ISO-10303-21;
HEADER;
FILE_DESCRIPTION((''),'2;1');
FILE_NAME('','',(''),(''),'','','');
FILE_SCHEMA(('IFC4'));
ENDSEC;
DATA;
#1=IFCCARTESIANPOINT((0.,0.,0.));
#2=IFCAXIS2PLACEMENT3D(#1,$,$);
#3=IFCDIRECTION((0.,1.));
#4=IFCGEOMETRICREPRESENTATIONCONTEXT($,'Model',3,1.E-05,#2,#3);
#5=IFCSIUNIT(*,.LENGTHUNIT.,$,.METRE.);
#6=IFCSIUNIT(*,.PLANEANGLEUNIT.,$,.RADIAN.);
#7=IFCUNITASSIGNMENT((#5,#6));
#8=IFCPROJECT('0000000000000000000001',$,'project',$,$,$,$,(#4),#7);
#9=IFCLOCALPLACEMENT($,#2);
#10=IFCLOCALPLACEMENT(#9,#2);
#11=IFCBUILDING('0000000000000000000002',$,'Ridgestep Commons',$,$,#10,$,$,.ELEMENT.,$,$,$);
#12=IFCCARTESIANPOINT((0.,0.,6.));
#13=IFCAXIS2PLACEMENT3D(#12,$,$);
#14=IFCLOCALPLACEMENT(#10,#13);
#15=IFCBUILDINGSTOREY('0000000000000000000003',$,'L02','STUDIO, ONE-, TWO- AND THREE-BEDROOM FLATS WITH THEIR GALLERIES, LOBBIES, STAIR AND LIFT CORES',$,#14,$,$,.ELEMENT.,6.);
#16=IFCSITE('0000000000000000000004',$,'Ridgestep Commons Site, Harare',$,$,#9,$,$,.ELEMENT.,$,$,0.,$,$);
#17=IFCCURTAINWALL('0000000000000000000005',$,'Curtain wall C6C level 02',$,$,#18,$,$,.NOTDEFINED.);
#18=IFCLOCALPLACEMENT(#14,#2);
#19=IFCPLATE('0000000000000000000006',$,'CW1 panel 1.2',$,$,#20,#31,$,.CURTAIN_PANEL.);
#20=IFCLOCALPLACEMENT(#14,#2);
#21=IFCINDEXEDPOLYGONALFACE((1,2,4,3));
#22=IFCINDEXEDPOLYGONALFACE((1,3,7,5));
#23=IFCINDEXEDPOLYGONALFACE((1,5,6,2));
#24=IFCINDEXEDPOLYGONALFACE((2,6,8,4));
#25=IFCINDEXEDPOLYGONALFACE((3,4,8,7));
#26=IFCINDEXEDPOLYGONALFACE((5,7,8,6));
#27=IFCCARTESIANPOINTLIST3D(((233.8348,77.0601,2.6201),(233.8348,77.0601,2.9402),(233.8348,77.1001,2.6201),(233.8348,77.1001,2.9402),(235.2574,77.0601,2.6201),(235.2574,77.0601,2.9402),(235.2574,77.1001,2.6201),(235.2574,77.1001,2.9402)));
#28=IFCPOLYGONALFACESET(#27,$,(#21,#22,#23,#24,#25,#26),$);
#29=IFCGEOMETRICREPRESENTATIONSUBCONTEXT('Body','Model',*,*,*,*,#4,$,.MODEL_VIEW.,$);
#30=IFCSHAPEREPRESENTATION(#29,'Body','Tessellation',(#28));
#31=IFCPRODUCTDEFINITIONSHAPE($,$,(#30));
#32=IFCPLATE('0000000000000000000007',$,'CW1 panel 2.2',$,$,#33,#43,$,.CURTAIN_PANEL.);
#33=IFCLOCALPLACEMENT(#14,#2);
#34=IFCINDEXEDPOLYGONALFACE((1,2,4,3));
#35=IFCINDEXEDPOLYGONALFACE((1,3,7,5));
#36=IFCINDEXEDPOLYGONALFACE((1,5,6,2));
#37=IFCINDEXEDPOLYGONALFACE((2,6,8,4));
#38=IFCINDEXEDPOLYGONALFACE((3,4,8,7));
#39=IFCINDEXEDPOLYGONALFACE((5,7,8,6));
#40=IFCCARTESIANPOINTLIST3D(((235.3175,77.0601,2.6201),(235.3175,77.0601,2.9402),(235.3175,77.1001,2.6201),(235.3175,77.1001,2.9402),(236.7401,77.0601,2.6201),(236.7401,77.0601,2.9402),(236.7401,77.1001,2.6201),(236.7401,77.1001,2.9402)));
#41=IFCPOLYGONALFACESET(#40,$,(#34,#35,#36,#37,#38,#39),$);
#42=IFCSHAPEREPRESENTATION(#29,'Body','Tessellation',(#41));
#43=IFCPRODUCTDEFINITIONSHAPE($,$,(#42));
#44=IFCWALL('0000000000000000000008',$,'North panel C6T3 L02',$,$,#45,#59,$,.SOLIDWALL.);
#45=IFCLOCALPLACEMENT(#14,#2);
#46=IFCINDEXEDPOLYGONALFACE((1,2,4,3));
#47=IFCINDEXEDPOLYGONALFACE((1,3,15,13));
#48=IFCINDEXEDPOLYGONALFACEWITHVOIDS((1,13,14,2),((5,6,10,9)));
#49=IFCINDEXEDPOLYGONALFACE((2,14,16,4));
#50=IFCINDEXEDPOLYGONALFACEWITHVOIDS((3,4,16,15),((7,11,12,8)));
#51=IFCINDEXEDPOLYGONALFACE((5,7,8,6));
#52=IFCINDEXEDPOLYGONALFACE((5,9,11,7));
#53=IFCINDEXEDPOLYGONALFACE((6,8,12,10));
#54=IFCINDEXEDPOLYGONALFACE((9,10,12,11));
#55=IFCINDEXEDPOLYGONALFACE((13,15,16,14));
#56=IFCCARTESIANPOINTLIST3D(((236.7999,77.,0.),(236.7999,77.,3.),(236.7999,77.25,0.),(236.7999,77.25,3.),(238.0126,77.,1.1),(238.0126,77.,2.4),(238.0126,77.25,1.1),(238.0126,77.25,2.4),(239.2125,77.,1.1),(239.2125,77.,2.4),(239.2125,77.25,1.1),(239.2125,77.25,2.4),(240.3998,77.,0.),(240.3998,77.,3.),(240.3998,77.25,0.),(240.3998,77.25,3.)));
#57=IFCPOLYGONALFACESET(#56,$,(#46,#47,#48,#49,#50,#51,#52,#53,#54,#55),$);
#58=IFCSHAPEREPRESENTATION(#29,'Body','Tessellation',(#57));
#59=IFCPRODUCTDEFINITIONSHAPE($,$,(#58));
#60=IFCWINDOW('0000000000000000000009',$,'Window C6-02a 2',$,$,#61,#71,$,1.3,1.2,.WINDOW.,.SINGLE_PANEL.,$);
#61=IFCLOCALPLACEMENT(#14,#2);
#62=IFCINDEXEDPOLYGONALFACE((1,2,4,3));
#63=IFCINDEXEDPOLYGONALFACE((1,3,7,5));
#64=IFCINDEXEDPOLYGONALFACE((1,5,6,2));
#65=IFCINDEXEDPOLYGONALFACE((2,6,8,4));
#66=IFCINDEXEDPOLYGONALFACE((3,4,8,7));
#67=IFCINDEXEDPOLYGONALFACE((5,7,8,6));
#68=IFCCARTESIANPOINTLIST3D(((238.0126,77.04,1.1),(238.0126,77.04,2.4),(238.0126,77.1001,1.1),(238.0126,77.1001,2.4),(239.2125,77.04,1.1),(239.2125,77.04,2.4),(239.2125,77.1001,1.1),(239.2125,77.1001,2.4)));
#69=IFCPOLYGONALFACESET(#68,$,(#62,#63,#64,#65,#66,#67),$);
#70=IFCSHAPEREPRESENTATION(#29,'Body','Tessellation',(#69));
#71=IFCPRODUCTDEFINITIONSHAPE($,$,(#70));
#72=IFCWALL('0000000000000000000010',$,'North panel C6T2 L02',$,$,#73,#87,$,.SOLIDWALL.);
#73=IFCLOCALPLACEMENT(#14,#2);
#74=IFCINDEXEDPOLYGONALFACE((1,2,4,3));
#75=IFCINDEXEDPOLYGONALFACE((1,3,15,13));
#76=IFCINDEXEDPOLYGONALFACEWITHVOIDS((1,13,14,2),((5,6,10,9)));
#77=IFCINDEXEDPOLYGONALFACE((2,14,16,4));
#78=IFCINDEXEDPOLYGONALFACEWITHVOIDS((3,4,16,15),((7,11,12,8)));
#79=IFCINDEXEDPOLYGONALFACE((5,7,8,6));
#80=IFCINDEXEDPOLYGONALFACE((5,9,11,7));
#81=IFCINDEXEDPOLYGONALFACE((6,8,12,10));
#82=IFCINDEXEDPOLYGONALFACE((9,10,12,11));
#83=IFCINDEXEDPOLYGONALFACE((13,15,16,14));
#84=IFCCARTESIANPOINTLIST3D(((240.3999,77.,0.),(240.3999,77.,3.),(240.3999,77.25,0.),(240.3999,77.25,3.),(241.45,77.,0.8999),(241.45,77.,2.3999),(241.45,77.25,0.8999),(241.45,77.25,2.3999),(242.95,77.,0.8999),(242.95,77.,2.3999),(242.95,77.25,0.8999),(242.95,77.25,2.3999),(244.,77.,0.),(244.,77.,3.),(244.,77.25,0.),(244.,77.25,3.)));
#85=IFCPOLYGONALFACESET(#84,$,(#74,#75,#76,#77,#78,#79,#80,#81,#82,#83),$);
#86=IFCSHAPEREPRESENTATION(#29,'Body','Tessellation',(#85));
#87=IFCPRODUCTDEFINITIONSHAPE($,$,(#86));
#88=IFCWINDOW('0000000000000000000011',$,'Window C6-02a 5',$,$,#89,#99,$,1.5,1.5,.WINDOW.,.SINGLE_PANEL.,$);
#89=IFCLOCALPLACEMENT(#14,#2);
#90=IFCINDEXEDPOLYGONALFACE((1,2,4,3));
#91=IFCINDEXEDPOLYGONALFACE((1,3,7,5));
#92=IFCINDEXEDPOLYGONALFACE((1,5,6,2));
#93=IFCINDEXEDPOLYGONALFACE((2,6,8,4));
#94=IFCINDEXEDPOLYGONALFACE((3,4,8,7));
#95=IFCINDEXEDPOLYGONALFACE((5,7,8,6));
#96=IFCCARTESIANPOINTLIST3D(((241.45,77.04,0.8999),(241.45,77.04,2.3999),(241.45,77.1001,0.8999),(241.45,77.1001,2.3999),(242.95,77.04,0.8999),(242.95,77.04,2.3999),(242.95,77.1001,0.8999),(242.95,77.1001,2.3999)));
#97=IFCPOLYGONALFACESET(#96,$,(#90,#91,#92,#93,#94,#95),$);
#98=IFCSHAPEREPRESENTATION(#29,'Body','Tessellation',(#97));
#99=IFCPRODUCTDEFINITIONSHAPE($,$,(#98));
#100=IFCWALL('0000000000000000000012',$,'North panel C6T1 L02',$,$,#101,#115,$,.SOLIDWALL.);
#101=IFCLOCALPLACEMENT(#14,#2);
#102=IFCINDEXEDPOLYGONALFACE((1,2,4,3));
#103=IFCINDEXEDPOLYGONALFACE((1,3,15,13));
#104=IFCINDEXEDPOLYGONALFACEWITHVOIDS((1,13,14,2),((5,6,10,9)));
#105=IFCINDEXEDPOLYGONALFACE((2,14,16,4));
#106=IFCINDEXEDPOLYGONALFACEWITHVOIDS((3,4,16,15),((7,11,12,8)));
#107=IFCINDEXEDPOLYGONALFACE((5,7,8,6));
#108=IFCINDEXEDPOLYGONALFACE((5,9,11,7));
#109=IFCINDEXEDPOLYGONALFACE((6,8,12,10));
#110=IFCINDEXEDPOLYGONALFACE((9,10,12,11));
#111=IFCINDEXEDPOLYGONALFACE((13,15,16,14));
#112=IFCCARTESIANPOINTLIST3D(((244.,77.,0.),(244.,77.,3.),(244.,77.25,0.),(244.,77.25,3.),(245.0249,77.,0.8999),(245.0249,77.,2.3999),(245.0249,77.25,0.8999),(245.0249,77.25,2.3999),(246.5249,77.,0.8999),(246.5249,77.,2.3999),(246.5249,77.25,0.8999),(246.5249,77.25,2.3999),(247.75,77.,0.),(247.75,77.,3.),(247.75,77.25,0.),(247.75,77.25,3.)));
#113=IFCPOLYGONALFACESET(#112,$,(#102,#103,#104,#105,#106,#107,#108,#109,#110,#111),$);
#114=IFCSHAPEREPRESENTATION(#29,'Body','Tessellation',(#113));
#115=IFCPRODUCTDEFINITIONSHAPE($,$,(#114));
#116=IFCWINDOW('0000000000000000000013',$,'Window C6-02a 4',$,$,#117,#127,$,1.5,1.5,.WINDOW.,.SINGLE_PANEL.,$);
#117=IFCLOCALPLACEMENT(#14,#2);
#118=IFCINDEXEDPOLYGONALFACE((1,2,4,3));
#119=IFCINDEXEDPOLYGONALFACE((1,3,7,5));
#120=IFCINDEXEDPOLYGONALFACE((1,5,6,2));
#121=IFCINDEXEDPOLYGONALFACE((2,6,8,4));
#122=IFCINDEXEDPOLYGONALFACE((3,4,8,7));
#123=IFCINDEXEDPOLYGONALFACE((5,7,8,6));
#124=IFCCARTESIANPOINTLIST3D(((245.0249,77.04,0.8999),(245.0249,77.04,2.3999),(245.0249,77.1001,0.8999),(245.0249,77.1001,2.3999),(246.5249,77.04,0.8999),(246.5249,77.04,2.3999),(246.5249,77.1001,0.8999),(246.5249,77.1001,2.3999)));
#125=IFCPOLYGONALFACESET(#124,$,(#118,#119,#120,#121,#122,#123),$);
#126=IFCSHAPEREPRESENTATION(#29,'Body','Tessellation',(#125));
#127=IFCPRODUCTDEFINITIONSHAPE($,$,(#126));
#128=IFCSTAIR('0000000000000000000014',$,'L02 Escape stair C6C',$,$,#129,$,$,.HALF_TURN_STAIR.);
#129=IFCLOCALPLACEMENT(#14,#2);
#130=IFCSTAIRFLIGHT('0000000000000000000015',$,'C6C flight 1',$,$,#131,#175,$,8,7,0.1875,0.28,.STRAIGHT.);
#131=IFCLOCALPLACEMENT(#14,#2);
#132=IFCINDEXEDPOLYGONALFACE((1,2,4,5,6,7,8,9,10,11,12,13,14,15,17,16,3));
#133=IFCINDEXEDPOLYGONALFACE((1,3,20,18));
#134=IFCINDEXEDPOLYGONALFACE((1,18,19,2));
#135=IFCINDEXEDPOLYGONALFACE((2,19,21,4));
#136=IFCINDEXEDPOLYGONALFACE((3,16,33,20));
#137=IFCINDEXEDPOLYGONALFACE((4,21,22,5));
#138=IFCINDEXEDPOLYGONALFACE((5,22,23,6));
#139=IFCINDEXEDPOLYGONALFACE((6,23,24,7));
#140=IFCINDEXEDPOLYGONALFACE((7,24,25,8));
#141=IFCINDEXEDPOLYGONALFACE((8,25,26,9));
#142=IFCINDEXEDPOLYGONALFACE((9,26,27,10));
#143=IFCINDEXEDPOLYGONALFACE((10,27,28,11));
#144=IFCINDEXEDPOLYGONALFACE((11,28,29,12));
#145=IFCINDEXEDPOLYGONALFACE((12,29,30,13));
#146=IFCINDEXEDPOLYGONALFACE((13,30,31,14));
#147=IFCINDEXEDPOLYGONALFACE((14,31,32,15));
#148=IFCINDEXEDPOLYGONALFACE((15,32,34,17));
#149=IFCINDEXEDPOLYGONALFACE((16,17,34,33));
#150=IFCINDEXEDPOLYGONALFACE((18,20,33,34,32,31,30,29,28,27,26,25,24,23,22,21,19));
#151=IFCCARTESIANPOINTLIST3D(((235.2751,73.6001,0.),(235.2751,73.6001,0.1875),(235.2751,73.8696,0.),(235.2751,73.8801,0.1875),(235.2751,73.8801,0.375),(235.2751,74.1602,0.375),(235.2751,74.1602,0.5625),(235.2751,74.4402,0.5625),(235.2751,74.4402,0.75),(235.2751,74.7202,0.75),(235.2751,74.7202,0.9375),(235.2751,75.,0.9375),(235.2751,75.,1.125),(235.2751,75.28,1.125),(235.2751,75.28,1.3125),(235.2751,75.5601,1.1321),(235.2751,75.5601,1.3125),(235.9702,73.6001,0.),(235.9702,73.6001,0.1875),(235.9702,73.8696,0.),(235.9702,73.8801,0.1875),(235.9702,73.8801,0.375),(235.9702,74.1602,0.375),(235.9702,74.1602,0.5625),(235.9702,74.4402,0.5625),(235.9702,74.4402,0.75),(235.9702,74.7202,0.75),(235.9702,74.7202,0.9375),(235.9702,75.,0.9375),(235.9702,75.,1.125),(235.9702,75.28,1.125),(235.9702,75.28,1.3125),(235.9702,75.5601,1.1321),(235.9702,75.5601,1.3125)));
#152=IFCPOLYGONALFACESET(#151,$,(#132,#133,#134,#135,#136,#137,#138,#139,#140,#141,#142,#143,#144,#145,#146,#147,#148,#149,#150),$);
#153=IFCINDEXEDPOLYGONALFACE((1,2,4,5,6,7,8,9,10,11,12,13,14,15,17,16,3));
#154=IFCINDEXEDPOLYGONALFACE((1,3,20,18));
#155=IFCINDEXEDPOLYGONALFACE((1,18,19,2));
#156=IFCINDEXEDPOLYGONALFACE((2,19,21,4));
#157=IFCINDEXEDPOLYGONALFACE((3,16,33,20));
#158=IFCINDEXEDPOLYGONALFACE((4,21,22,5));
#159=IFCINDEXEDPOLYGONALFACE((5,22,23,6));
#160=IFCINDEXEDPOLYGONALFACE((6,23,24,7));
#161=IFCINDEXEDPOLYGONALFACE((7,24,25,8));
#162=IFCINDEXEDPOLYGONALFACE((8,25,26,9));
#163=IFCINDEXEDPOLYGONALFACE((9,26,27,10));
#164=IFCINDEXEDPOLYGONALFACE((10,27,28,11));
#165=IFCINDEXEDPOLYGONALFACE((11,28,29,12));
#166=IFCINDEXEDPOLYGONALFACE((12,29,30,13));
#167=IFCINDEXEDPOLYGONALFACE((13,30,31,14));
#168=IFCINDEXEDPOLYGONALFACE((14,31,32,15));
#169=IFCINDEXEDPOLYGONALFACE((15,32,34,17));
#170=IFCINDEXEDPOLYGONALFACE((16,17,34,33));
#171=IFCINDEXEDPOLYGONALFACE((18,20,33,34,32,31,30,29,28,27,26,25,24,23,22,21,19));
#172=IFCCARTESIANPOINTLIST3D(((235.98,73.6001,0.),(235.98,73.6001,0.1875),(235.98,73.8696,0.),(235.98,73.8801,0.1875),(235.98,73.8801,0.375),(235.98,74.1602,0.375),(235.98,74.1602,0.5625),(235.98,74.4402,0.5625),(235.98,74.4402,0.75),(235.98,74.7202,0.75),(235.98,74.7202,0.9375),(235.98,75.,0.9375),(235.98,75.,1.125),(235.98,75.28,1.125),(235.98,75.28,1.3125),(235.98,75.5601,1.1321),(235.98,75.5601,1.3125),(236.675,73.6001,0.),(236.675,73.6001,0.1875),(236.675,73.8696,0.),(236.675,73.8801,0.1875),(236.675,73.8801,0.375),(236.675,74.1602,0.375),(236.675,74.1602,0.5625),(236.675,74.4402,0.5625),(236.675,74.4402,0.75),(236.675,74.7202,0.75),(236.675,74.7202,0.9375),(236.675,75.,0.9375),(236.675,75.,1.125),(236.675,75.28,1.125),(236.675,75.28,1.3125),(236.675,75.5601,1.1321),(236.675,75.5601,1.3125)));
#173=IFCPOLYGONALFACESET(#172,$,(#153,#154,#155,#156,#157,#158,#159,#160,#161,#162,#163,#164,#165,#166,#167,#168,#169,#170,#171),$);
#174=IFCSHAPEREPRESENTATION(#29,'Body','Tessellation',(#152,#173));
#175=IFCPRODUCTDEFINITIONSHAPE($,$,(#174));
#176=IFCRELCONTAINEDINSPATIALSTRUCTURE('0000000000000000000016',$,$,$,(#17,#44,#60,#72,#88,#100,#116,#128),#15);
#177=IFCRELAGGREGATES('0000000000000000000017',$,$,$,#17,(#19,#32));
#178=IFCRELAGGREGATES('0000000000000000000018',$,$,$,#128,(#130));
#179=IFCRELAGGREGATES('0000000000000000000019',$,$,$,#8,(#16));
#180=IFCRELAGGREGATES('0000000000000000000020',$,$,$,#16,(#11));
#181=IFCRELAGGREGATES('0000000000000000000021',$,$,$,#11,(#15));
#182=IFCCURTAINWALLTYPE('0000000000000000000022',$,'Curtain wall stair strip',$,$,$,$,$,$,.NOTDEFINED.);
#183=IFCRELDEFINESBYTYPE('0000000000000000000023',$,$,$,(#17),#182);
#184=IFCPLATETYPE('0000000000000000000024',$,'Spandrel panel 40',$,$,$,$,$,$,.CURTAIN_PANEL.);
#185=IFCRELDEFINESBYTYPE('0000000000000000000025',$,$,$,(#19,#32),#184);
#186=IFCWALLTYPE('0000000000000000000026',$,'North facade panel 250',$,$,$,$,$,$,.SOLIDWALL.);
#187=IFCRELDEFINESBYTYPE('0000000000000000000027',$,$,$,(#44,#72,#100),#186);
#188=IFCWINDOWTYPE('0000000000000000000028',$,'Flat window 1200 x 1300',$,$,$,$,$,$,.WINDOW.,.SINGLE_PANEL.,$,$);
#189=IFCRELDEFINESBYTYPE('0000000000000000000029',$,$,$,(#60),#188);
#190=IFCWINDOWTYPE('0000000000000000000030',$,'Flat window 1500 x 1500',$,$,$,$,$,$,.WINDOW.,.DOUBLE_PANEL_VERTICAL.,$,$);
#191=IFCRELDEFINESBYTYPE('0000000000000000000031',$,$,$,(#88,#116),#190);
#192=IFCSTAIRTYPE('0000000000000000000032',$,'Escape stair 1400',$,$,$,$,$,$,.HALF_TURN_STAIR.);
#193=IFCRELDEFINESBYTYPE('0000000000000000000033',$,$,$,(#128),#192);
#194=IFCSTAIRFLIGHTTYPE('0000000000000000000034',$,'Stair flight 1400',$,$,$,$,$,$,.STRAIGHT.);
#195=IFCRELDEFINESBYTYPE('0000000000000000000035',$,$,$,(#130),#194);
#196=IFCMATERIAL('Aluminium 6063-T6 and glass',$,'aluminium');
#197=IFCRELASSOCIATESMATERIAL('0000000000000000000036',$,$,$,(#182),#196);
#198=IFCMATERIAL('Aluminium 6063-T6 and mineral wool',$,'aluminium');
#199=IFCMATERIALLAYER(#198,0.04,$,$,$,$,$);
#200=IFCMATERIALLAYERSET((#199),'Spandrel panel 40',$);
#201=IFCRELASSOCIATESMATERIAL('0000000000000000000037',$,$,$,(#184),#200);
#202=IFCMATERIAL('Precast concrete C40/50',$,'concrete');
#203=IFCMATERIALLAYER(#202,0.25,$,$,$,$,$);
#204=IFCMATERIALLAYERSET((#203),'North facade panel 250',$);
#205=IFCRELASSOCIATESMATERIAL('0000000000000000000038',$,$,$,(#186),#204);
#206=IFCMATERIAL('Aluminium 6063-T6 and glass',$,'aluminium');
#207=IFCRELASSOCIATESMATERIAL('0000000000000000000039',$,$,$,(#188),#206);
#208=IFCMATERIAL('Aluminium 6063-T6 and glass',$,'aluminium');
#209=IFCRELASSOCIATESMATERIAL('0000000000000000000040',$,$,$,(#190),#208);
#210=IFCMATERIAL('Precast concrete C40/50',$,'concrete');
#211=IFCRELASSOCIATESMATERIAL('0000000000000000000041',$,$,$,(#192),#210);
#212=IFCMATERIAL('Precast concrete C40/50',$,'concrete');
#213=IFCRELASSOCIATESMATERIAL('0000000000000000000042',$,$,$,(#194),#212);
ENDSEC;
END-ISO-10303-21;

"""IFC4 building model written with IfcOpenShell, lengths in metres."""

from ifc_helpers import new_model, si_unit, direction, frame, frame_2d, origin, origin_2d, place, context, subcontext, project, spatial, polyline, rectangle, outline, extrude, material, layer, layer_set, type_object, element, fill, aggregate, save


model = new_model("IFC4")

# Units and contexts
model_context = context("Model", 3, precision=1e-05, world=origin(), true_north=direction((0.0, 1.0)))
body_context = subcontext(model_context, "Body", "Model", "MODEL_VIEW")
ifc_project = project(units=[si_unit("LENGTHUNIT", "METRE"), si_unit("PLANEANGLEUNIT", "RADIAN")], contexts=[model_context])

# Site, building, storey
site_placement = place(None, origin())
site = spatial("IfcSite", under=ifc_project, at=site_placement, Name="Ridgestep Commons Site, Harare", CompositionType="ELEMENT", RefElevation=0.0)
building_placement = place(site_placement, origin())
building = spatial("IfcBuilding", under=site, at=building_placement, Name="Ridgestep Commons", CompositionType="ELEMENT")
storey_placement = place(building_placement, frame((0.0, 0.0, 6.0)))
storey = spatial("IfcBuildingStorey", under=building, at=storey_placement, Name="L02", Description="STUDIO, ONE-, TWO- AND THREE-BEDROOM FLATS WITH THEIR GALLERIES, LOBBIES, STAIR AND LIFT CORES", CompositionType="ELEMENT", Elevation=6.0)

# Curtain wall
ifc_material_1 = material(Name="Aluminium 6063-T6 and glass", Category="aluminium")
curtain_wall_type = type_object("IfcCurtainWallType", Name="Curtain wall stair strip", PredefinedType="NOTDEFINED", material=ifc_material_1)
curtain_wall_placement = place(storey_placement, origin())
curtain_wall = element("IfcCurtainWall", 1, at=curtain_wall_placement, inside=storey, type_object=curtain_wall_type, Name="Curtain wall C6C level 02", PredefinedType="NOTDEFINED")

# Plates
ifc_material_2 = material(Name="Aluminium 6063-T6 and mineral wool", Category="aluminium")
ifc_layer_1 = layer(ifc_material_2, 0.04)
ifc_layer_set_1 = layer_set([ifc_layer_1], Name="Spandrel panel 40")
plate_type_1 = type_object("IfcPlateType", Name="Spandrel panel 40", PredefinedType="CURTAIN_PANEL", material=ifc_layer_set_1)
plate_1_placement = place(storey_placement, frame((234.5461, 77.0801, 2.6201), z_axis=(0.0, 0.0, 1.0), x_axis=(1.0, 0.0, 0.0)))
plate_1 = element("IfcPlate", 2, at=plate_1_placement, type_object=plate_type_1, Name="CW1 panel 1.2", PredefinedType="CURTAIN_PANEL", context=body_context, shape_type="SweptSolid", body=[
    extrude(rectangle(XDim=1.4226, YDim=0.04, at=origin_2d()), origin(), (0.0, 0.0, 1.0), 0.3201),
])
plate_2_placement = place(storey_placement, frame((236.0288, 77.0801, 2.6201), z_axis=(0.0, 0.0, 1.0), x_axis=(1.0, 0.0, 0.0)))
plate_2 = element("IfcPlate", 3, at=plate_2_placement, type_object=plate_type_1, Name="CW1 panel 2.2", PredefinedType="CURTAIN_PANEL", context=body_context, shape_type="SweptSolid", body=[
    extrude(rectangle(XDim=1.4226, YDim=0.04, at=origin_2d()), origin(), (0.0, 0.0, 1.0), 0.3201),
])
aggregate(curtain_wall, [plate_1, plate_2])

# Walls, openings, windows
ifc_material_3 = material(Name="Precast concrete C40/50", Category="concrete")
ifc_layer_2 = layer(ifc_material_3, 0.25)
ifc_layer_set_2 = layer_set([ifc_layer_2], Name="North facade panel 250")
wall_type = type_object("IfcWallType", Name="North facade panel 250", PredefinedType="SOLIDWALL", material=ifc_layer_set_2)
wall_1_placement = place(storey_placement, frame((236.8, 77.125, 0.0), z_axis=(0.0, 0.0, 1.0), x_axis=(1.0, 0.0, 0.0)))
wall_1 = element("IfcWall", 4, at=wall_1_placement, inside=storey, type_object=wall_type, Name="North panel C6T3 L02", PredefinedType="SOLIDWALL", context=body_context, shape_type="SweptSolid", body=[
    extrude(rectangle(XDim=3.5999, YDim=0.25, at=frame_2d((1.7998, 0.0))), origin(), (0.0, 0.0, 1.0), 3.0),
])
opening_1_placement = place(wall_1_placement, frame((1.2124, 0.0, 1.1001)))
opening_1 = element("IfcOpeningElement", 5, at=opening_1_placement, cuts=wall_1, PredefinedType="OPENING", context=body_context, shape_type="SweptSolid", body=[
    extrude(rectangle(XDim=1.2, YDim=1.3, at=frame_2d((0.6001, 0.6499))), frame((0.0, 0.135, 0.0), z_axis=(0.0, -1.0, 0.0), x_axis=(1.0, 0.0, 0.0)), (0.0, 0.0, 1.0), 0.27),
])
ifc_material_4 = material(Name="Aluminium 6063-T6 and glass", Category="aluminium")
window_type_1 = type_object("IfcWindowType", Name="Flat window 1200 x 1300", PartitioningType="SINGLE_PANEL", PredefinedType="WINDOW", material=ifc_material_4)
window_1_placement = place(opening_1_placement, origin())
window_1 = element("IfcWindow", 6, at=window_1_placement, inside=storey, type_object=window_type_1, Name="Window C6-02a 2", OverallHeight=1.3, OverallWidth=1.2, PartitioningType="SINGLE_PANEL", PredefinedType="WINDOW", context=body_context, shape_type="SweptSolid", body=[
    extrude(rectangle(XDim=1.2, YDim=1.3, at=frame_2d((0.6001, 0.6499))), frame((0.0, -0.0249, 0.0), z_axis=(0.0, -1.0, 0.0), x_axis=(1.0, 0.0, 0.0)), (0.0, 0.0, 1.0), 0.0601),
])
fill(opening_1, window_1)
wall_2_placement = place(storey_placement, frame((240.3999, 77.125, 0.0), z_axis=(0.0, 0.0, 1.0), x_axis=(1.0, 0.0, 0.0)))
wall_2 = element("IfcWall", 7, at=wall_2_placement, inside=storey, type_object=wall_type, Name="North panel C6T2 L02", PredefinedType="SOLIDWALL", context=body_context, shape_type="SweptSolid", body=[
    extrude(rectangle(XDim=3.6001, YDim=0.25, at=frame_2d((1.8, 0.0))), origin(), (0.0, 0.0, 1.0), 3.0),
])
opening_2_placement = place(wall_2_placement, frame((1.05, 0.0, 0.8999)))
opening_2 = element("IfcOpeningElement", 8, at=opening_2_placement, cuts=wall_2, PredefinedType="OPENING", context=body_context, shape_type="SweptSolid", body=[
    extrude(rectangle(XDim=1.5, YDim=1.5, at=frame_2d((0.75, 0.75))), frame((0.0, 0.135, 0.0), z_axis=(0.0, -1.0, 0.0), x_axis=(1.0, 0.0, 0.0)), (0.0, 0.0, 1.0), 0.27),
])
ifc_material_5 = material(Name="Aluminium 6063-T6 and glass", Category="aluminium")
window_type_2 = type_object("IfcWindowType", Name="Flat window 1500 x 1500", PartitioningType="DOUBLE_PANEL_VERTICAL", PredefinedType="WINDOW", material=ifc_material_5)
window_2_placement = place(opening_2_placement, origin())
window_2 = element("IfcWindow", 9, at=window_2_placement, inside=storey, type_object=window_type_2, Name="Window C6-02a 5", OverallHeight=1.5, OverallWidth=1.5, PartitioningType="SINGLE_PANEL", PredefinedType="WINDOW", context=body_context, shape_type="SweptSolid", body=[
    extrude(rectangle(XDim=1.5, YDim=1.5, at=frame_2d((0.75, 0.75))), frame((0.0, -0.0249, 0.0), z_axis=(0.0, -1.0, 0.0), x_axis=(1.0, 0.0, 0.0)), (0.0, 0.0, 1.0), 0.0601),
])
fill(opening_2, window_2)
wall_3_placement = place(storey_placement, frame((244.0, 77.125, 0.0), z_axis=(0.0, 0.0, 1.0), x_axis=(1.0, 0.0, 0.0)))
wall_3 = element("IfcWall", 10, at=wall_3_placement, inside=storey, type_object=wall_type, Name="North panel C6T1 L02", PredefinedType="SOLIDWALL", context=body_context, shape_type="SweptSolid", body=[
    extrude(rectangle(XDim=3.75, YDim=0.25, at=frame_2d((1.875, 0.0))), origin(), (0.0, 0.0, 1.0), 3.0),
])
opening_3_placement = place(wall_3_placement, frame((1.0249, 0.0, 0.8999)))
opening_3 = element("IfcOpeningElement", 11, at=opening_3_placement, cuts=wall_3, PredefinedType="OPENING", context=body_context, shape_type="SweptSolid", body=[
    extrude(rectangle(XDim=1.5, YDim=1.5, at=frame_2d((0.75, 0.75))), frame((0.0, 0.135, 0.0), z_axis=(0.0, -1.0, 0.0), x_axis=(1.0, 0.0, 0.0)), (0.0, 0.0, 1.0), 0.27),
])
window_3_placement = place(opening_3_placement, origin())
window_3 = element("IfcWindow", 12, at=window_3_placement, inside=storey, type_object=window_type_2, Name="Window C6-02a 4", OverallHeight=1.5, OverallWidth=1.5, PartitioningType="SINGLE_PANEL", PredefinedType="WINDOW", context=body_context, shape_type="SweptSolid", body=[
    extrude(rectangle(XDim=1.5, YDim=1.5, at=frame_2d((0.75, 0.75))), frame((0.0, -0.0249, 0.0), z_axis=(0.0, -1.0, 0.0), x_axis=(1.0, 0.0, 0.0)), (0.0, 0.0, 1.0), 0.0601),
])
fill(opening_3, window_3)

# Stair, stair flight
ifc_material_6 = material(Name="Precast concrete C40/50", Category="concrete")
stair_type = type_object("IfcStairType", Name="Escape stair 1400", PredefinedType="HALF_TURN_STAIR", material=ifc_material_6)
stair_placement = place(storey_placement, origin())
stair = element("IfcStair", 13, at=stair_placement, inside=storey, type_object=stair_type, Name="L02 Escape stair C6C", PredefinedType="HALF_TURN_STAIR")
ifc_material_7 = material(Name="Precast concrete C40/50", Category="concrete")
stair_flight_type = type_object("IfcStairFlightType", Name="Stair flight 1400", PredefinedType="STRAIGHT", material=ifc_material_7)
stair_flight_1_placement = place(storey_placement, frame((235.9751, 73.6001, 0.0), z_axis=(0.0, 0.0, 1.0), x_axis=(0.0, 1.0, 0.0)))
stair_flight_1 = element("IfcStairFlight", 14, at=stair_flight_1_placement, type_object=stair_flight_type, Name="C6C flight 1", NumberOfRisers=8, NumberOfTreads=7, PredefinedType="STRAIGHT", RiserHeight=0.1875, TreadLength=0.28, context=body_context, shape_type="SweptSolid", body=[
    extrude(outline(polyline([(0.0, 0.0), (0.0, 0.1875), (0.28, 0.1875), (0.28, 0.375), (0.5601, 0.375), (0.5601, 0.5625), (0.8401, 0.5625), (0.8401, 0.75), (1.1201, 0.75), (1.1201, 0.9375), (1.3999, 0.9375), (1.3999, 1.125), (1.6799, 1.125), (1.6799, 1.3125), (1.96, 1.3125), (1.96, 1.5), (1.96, 1.1321), (0.2695, 0.0), (0.0, 0.0)])), frame((0.0, 0.7, 0.0), z_axis=(0.0, -1.0, 0.0), x_axis=(1.0, 0.0, 0.0)), (0.0, 0.0, 1.0), 0.6951),
    extrude(outline(polyline([(0.0, 0.0), (0.0, 0.1875), (0.28, 0.1875), (0.28, 0.375), (0.5601, 0.375), (0.5601, 0.5625), (0.8401, 0.5625), (0.8401, 0.75), (1.1201, 0.75), (1.1201, 0.9375), (1.3999, 0.9375), (1.3999, 1.125), (1.6799, 1.125), (1.6799, 1.3125), (1.96, 1.3125), (1.96, 1.5), (1.96, 1.1321), (0.2695, 0.0), (0.0, 0.0)])), frame((0.0, -0.0049, 0.0), z_axis=(0.0, -1.0, 0.0), x_axis=(1.0, 0.0, 0.0)), (0.0, 0.0, 1.0), 0.6951),
])
aggregate(stair, [stair_flight_1])

save(model, "model.ifc")
